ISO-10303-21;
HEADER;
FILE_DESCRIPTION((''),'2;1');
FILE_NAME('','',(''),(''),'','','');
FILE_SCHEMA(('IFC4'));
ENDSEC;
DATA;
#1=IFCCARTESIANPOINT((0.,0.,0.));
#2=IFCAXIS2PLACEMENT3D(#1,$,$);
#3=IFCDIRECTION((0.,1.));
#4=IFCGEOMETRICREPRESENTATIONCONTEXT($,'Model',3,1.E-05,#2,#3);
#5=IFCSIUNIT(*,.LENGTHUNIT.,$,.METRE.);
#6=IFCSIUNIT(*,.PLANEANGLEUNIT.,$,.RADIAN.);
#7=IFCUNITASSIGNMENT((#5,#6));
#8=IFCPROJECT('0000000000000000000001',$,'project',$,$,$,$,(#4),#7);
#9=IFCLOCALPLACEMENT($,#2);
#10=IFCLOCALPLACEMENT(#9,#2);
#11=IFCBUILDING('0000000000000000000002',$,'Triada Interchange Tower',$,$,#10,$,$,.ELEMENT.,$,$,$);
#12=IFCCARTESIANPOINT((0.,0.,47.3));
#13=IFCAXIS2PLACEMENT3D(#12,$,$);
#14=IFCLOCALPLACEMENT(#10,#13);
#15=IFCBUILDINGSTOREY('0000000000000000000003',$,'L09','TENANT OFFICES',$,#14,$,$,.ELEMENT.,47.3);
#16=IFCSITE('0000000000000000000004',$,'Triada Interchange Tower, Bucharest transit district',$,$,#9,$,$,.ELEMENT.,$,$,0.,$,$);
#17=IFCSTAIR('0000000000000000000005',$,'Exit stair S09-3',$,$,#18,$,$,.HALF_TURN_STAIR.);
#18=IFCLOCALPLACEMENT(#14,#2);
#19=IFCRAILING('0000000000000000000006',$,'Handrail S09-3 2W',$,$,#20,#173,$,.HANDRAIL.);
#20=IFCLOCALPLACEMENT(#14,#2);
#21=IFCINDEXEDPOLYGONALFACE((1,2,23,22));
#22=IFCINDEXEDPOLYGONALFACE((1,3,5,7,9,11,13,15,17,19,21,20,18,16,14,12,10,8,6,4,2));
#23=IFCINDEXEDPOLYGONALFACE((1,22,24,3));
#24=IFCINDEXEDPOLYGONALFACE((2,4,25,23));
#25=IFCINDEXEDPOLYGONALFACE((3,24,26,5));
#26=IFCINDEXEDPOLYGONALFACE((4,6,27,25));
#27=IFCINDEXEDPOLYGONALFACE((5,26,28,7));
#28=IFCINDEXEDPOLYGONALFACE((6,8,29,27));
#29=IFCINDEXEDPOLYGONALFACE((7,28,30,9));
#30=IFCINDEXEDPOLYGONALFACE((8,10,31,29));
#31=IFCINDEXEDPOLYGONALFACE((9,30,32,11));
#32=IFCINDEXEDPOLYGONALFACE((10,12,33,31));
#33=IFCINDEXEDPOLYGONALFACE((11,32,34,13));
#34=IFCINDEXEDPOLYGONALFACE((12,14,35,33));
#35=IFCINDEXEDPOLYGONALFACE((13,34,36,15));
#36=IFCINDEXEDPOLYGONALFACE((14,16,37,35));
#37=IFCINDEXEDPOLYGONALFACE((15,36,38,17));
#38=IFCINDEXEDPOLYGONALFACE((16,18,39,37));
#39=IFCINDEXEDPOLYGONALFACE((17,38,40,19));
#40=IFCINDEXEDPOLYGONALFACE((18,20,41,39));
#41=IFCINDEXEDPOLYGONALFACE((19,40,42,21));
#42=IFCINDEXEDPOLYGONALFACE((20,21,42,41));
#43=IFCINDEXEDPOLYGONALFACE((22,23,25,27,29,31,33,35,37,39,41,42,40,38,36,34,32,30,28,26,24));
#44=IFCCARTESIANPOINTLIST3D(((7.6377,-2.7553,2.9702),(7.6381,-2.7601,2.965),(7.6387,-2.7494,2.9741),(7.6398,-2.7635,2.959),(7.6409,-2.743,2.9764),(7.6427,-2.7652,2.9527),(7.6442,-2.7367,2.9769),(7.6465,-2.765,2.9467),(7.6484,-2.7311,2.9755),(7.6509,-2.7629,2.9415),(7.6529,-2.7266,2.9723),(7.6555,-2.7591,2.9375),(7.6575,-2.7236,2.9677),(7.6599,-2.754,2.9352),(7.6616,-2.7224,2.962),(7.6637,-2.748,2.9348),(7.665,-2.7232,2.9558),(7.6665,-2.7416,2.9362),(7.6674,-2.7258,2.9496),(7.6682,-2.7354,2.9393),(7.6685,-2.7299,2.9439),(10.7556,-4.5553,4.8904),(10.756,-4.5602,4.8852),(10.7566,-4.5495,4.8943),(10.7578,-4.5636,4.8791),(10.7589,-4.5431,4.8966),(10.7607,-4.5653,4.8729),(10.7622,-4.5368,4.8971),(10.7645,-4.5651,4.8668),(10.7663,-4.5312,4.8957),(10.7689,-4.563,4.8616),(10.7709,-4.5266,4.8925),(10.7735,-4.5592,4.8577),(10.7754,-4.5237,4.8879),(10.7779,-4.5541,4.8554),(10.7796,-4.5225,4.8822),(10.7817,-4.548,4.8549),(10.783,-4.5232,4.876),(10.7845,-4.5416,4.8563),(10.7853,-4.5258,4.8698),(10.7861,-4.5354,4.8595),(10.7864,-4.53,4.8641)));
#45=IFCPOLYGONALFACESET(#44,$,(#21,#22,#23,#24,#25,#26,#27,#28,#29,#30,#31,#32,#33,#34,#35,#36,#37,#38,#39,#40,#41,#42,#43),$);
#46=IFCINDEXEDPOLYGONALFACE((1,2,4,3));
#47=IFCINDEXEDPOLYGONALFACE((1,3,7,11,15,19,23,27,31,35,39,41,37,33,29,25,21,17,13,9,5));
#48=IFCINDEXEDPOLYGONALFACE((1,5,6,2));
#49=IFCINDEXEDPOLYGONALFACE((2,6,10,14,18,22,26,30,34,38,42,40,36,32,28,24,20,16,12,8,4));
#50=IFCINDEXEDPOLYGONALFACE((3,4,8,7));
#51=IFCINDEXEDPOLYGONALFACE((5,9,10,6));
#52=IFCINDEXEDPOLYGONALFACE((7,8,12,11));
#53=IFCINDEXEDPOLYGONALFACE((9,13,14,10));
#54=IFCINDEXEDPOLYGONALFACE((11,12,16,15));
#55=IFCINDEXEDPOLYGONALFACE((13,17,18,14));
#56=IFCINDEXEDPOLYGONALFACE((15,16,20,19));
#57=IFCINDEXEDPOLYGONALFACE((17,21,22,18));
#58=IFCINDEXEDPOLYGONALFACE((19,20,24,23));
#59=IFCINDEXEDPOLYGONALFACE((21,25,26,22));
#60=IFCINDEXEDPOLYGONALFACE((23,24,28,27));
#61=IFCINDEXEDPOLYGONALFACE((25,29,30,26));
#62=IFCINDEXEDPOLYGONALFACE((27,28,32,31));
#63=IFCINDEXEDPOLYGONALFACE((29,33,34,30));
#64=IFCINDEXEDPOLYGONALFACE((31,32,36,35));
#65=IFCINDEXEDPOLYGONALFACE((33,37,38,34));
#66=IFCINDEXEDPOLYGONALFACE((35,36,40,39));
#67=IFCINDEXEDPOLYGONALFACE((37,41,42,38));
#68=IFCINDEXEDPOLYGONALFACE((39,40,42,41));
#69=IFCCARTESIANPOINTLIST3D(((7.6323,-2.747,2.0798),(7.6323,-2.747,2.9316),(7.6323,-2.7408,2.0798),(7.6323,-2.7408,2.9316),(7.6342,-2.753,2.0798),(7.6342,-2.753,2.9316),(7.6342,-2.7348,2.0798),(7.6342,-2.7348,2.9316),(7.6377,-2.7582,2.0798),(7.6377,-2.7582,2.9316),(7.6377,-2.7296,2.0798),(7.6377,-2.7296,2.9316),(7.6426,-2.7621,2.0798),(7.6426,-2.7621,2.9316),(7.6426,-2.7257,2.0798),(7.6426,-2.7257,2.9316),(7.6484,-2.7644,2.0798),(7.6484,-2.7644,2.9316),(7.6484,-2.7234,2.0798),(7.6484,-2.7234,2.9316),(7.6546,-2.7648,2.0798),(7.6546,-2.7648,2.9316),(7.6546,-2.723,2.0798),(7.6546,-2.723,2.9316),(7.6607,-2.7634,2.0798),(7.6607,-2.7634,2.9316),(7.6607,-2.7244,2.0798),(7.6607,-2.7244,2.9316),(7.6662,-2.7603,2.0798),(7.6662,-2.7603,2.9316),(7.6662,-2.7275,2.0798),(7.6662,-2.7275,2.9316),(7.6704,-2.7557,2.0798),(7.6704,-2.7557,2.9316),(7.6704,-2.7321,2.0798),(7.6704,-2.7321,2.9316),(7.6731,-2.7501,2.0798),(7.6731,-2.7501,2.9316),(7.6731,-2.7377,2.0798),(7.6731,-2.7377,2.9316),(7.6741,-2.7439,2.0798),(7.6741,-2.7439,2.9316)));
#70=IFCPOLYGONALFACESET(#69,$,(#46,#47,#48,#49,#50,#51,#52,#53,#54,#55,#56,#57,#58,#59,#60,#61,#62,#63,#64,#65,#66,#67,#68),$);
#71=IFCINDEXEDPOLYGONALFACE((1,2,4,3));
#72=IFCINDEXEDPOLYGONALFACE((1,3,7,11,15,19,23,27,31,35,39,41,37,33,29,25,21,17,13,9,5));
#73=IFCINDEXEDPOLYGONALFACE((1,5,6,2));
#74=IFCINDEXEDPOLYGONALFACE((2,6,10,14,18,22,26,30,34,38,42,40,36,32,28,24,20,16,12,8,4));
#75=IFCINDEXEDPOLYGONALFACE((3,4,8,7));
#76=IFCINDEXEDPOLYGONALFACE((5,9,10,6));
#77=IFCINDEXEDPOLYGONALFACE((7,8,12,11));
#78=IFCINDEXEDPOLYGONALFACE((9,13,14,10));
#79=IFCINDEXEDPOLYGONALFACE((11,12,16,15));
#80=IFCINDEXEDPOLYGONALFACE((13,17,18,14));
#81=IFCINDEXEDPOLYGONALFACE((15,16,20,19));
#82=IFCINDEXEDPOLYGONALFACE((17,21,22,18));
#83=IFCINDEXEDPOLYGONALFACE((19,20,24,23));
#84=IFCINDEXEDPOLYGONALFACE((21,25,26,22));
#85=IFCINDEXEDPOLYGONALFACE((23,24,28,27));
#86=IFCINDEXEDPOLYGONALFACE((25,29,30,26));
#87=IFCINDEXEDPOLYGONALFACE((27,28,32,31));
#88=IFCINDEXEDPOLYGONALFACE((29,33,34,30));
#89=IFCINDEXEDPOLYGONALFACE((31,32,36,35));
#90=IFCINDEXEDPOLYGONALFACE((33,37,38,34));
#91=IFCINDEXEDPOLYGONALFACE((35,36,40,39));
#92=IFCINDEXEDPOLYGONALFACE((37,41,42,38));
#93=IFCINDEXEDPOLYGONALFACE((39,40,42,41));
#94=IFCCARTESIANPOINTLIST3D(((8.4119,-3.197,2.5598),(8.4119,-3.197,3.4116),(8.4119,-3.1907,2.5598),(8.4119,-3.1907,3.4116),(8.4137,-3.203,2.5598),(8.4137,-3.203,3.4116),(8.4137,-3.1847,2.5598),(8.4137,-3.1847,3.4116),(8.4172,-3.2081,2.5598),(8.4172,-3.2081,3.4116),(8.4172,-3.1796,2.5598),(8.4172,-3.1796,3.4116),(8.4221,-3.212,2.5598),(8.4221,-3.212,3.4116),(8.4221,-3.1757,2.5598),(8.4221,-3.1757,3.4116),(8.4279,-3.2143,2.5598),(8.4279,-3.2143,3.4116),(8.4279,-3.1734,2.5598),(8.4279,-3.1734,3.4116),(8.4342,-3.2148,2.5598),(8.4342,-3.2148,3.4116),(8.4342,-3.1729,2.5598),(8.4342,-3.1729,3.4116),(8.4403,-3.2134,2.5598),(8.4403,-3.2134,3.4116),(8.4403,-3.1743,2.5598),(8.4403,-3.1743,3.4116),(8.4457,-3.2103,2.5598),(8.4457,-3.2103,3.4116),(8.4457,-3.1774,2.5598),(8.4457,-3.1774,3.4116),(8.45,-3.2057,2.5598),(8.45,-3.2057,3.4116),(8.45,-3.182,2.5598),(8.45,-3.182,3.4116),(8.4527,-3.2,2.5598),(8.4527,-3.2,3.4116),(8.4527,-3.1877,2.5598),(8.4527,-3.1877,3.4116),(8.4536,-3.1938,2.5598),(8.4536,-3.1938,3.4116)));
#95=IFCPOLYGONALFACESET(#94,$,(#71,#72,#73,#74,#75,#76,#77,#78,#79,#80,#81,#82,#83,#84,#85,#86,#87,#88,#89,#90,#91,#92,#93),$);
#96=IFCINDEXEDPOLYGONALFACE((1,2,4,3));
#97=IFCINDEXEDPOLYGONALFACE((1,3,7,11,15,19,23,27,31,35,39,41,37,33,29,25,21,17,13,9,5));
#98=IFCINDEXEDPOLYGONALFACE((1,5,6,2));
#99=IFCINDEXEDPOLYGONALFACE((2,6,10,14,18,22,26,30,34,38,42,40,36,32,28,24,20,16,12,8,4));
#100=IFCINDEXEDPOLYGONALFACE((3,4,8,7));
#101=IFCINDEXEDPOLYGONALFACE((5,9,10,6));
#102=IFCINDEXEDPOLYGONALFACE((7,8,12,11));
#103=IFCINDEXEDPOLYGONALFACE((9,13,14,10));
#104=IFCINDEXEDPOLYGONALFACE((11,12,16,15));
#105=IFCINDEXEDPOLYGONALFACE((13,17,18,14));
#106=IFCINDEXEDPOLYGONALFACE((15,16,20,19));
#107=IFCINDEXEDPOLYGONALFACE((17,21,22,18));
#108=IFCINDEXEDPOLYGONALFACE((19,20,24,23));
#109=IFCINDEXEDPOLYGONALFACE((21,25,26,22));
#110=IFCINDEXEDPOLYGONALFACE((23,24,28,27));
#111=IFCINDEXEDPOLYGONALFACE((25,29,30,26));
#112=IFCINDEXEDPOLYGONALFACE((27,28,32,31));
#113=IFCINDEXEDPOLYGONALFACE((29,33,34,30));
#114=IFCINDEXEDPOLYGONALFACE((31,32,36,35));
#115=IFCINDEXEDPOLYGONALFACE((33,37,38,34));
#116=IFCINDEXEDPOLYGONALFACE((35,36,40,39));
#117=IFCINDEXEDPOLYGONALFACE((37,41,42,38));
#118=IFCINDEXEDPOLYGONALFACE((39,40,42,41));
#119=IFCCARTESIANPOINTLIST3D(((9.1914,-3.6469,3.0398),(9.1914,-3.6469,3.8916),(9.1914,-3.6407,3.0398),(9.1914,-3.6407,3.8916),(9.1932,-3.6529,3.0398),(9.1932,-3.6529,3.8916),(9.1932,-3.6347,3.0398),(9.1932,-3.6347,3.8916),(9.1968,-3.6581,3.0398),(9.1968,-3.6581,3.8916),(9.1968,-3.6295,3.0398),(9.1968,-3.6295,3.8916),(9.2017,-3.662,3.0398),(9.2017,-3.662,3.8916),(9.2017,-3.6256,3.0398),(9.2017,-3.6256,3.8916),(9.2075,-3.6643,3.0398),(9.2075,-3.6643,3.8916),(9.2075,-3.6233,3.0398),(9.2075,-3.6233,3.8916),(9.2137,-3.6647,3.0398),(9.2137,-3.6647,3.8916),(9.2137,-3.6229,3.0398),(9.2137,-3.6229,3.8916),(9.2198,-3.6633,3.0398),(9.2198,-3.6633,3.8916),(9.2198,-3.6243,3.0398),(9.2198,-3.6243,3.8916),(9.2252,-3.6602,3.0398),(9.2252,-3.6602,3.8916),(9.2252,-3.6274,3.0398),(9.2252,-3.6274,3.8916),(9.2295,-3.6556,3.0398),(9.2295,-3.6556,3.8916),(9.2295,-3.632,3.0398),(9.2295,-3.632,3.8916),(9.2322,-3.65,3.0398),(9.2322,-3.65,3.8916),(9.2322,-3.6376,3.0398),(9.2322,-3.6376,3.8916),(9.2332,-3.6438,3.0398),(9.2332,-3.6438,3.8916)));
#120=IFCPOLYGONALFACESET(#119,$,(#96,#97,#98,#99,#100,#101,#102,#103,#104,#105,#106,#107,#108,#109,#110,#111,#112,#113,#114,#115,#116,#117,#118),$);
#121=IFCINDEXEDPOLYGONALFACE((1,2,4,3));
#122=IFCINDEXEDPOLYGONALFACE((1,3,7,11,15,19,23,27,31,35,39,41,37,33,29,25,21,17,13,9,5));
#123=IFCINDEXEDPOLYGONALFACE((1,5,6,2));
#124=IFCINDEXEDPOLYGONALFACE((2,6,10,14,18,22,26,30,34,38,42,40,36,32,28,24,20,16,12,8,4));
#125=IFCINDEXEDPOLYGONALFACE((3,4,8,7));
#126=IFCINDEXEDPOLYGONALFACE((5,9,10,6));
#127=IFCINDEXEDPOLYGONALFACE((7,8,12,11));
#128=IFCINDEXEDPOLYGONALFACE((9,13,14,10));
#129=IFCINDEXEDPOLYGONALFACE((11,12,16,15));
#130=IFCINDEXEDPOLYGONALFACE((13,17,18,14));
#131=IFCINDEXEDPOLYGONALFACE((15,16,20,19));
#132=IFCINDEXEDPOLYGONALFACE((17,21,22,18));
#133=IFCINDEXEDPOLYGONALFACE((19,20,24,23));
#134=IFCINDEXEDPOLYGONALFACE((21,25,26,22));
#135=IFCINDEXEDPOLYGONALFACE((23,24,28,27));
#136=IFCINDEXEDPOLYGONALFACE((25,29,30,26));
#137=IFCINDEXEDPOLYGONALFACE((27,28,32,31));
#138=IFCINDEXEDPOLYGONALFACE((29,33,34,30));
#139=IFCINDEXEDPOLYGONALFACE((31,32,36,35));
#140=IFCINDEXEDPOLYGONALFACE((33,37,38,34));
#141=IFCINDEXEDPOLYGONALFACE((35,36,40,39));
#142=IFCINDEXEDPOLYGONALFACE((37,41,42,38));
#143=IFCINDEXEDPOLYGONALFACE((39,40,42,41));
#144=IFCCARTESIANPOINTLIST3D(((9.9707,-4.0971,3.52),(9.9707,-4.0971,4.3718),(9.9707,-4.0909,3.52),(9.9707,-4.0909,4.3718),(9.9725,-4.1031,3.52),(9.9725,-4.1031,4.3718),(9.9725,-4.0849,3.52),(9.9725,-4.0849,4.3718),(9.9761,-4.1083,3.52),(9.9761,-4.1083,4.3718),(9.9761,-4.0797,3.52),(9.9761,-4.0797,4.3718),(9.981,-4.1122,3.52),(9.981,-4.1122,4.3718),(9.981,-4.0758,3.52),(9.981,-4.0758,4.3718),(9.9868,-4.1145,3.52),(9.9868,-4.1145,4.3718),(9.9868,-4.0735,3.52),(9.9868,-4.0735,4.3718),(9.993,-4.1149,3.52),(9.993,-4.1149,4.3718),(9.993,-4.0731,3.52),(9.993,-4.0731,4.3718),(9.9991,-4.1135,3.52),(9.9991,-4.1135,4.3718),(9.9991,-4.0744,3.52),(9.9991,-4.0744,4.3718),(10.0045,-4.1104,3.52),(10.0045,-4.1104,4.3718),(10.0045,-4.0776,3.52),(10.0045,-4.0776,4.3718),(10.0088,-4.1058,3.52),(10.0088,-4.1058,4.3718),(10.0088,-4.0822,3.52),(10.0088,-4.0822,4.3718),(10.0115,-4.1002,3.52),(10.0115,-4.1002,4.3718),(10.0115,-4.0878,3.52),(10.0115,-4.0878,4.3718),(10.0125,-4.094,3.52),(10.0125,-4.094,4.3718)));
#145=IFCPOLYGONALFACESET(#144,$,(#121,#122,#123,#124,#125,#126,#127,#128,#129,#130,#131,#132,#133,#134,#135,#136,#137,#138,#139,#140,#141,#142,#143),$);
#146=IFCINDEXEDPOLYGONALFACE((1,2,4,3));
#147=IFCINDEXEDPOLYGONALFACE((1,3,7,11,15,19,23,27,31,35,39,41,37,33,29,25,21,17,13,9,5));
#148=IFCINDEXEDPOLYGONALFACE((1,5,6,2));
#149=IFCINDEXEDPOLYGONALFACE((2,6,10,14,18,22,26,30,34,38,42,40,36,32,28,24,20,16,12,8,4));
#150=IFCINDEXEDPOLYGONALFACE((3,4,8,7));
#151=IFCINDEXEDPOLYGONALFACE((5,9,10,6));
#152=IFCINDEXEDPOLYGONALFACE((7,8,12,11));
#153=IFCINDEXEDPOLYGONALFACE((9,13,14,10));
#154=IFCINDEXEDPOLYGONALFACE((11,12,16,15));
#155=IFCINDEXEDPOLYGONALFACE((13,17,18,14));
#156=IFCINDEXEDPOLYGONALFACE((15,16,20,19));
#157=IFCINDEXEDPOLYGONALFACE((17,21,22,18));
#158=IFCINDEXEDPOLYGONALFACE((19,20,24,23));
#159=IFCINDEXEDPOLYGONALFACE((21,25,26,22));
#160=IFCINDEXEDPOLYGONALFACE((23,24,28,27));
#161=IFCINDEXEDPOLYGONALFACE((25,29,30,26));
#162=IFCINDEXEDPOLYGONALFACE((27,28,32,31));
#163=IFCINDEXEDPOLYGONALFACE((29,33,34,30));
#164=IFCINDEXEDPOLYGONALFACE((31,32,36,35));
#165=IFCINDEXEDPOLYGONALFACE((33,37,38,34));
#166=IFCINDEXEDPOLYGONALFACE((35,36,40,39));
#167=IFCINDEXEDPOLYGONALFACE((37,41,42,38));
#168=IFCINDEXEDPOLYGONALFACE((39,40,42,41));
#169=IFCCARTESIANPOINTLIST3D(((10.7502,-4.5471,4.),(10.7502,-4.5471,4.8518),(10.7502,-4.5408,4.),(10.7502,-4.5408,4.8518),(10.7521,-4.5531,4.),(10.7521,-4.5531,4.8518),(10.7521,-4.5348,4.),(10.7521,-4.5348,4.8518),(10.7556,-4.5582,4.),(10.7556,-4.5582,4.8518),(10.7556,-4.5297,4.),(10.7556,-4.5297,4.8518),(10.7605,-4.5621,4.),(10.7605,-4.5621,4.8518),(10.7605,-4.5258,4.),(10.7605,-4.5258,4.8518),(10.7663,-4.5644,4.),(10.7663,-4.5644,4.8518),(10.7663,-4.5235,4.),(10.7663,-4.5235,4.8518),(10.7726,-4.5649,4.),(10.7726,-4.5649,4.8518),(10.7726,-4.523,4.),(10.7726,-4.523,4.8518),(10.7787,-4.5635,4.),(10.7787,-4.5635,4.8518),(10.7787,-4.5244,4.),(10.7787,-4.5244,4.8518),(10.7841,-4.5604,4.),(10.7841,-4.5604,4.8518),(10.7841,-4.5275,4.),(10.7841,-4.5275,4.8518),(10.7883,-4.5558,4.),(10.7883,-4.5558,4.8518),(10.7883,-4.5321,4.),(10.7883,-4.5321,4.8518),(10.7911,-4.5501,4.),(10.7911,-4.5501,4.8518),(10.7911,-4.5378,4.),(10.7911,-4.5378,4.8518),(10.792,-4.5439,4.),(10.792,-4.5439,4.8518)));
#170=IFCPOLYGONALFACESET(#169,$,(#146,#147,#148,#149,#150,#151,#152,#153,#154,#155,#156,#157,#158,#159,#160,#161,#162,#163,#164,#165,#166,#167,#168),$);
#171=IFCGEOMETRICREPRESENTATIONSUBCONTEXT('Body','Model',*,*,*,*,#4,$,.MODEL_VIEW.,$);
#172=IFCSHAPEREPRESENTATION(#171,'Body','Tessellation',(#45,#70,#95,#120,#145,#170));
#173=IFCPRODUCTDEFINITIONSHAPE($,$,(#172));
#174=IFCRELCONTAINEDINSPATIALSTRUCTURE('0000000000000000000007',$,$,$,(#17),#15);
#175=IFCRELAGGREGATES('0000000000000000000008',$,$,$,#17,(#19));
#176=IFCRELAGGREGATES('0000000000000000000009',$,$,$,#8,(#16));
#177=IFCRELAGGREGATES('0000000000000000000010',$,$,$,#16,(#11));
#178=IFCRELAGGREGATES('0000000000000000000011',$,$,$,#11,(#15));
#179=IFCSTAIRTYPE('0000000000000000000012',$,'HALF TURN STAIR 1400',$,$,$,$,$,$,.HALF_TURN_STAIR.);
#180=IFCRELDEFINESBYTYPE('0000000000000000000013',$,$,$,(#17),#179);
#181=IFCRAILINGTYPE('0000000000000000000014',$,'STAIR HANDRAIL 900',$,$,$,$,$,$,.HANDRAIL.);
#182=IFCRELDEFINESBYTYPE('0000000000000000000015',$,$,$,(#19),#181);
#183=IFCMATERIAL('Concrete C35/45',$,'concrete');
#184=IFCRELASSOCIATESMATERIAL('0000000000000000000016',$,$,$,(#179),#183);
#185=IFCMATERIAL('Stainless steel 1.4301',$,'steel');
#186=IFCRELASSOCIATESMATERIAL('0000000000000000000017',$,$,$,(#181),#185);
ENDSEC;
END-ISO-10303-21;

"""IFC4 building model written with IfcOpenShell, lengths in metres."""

from ifc_helpers import new_model, si_unit, direction, frame, origin, origin_2d, place, context, subcontext, project, spatial, circle, extrude, material, type_object, element, aggregate, save


model = new_model("IFC4")

# Units and contexts
model_context = context("Model", 3, precision=1e-05, world=origin(), true_north=direction((0.0, 1.0)))
body_context = subcontext(model_context, "Body", "Model", "MODEL_VIEW")
ifc_project = project(units=[si_unit("LENGTHUNIT", "METRE"), si_unit("PLANEANGLEUNIT", "RADIAN")], contexts=[model_context])

# Site, building, storey
site_placement = place(None, origin())
site = spatial("IfcSite", under=ifc_project, at=site_placement, Name="Triada Interchange Tower, Bucharest transit district", CompositionType="ELEMENT", RefElevation=0.0)
building_placement = place(site_placement, origin())
building = spatial("IfcBuilding", under=site, at=building_placement, Name="Triada Interchange Tower", CompositionType="ELEMENT")
storey_placement = place(building_placement, frame((0.0, 0.0, 47.3)))
storey = spatial("IfcBuildingStorey", under=building, at=storey_placement, Name="L09", Description="TENANT OFFICES", CompositionType="ELEMENT", Elevation=47.3)

# Stair, railing
ifc_material_1 = material(Name="Concrete C35/45", Category="concrete")
stair_type = type_object("IfcStairType", Name="HALF TURN STAIR 1400", PredefinedType="HALF_TURN_STAIR", material=ifc_material_1)
stair_placement = place(storey_placement, origin())
stair = element("IfcStair", 1, at=stair_placement, inside=storey, type_object=stair_type, Name="Exit stair S09-3", PredefinedType="HALF_TURN_STAIR")
ifc_material_2 = material(Name="Stainless steel 1.4301", Category="steel")
railing_type = type_object("IfcRailingType", Name="STAIR HANDRAIL 900", PredefinedType="HANDRAIL", material=ifc_material_2)
railing_1_placement = place(storey_placement, frame((7.6531, -2.7439, 2.0798)))
railing_1 = element("IfcRailing", 2, at=railing_1_placement, type_object=railing_type, Name="Handrail S09-3 2W", PredefinedType="HANDRAIL", context=body_context, shape_type="SweptSolid", body=[
    extrude(circle(Radius=0.0239, at=origin_2d()), frame((0.0, 0.0, 0.876), z_axis=(0.764145, -0.441159, 0.470597), x_axis=(0.499983, 0.866035, 0.0)), (0.0, 0.0, 1.0), 4.0803),
    extrude(circle(Radius=0.021, at=origin_2d()), origin(), (0.0, 0.0, 1.0), 0.8518),
    extrude(circle(Radius=0.021, at=origin_2d()), frame((0.7795, -0.45, 0.48)), (0.0, 0.0, 1.0), 0.8518),
    extrude(circle(Radius=0.021, at=origin_2d()), frame((1.5591, -0.8999, 0.96)), (0.0, 0.0, 1.0), 0.8518),
    extrude(circle(Radius=0.021, at=origin_2d()), frame((2.3384, -1.3501, 1.4402)), (0.0, 0.0, 1.0), 0.8518),
    extrude(circle(Radius=0.021, at=origin_2d()), frame((3.1179, -1.8, 1.9202)), (0.0, 0.0, 1.0), 0.8518),
])
aggregate(stair, [railing_1])

save(model, "model.ifc")
